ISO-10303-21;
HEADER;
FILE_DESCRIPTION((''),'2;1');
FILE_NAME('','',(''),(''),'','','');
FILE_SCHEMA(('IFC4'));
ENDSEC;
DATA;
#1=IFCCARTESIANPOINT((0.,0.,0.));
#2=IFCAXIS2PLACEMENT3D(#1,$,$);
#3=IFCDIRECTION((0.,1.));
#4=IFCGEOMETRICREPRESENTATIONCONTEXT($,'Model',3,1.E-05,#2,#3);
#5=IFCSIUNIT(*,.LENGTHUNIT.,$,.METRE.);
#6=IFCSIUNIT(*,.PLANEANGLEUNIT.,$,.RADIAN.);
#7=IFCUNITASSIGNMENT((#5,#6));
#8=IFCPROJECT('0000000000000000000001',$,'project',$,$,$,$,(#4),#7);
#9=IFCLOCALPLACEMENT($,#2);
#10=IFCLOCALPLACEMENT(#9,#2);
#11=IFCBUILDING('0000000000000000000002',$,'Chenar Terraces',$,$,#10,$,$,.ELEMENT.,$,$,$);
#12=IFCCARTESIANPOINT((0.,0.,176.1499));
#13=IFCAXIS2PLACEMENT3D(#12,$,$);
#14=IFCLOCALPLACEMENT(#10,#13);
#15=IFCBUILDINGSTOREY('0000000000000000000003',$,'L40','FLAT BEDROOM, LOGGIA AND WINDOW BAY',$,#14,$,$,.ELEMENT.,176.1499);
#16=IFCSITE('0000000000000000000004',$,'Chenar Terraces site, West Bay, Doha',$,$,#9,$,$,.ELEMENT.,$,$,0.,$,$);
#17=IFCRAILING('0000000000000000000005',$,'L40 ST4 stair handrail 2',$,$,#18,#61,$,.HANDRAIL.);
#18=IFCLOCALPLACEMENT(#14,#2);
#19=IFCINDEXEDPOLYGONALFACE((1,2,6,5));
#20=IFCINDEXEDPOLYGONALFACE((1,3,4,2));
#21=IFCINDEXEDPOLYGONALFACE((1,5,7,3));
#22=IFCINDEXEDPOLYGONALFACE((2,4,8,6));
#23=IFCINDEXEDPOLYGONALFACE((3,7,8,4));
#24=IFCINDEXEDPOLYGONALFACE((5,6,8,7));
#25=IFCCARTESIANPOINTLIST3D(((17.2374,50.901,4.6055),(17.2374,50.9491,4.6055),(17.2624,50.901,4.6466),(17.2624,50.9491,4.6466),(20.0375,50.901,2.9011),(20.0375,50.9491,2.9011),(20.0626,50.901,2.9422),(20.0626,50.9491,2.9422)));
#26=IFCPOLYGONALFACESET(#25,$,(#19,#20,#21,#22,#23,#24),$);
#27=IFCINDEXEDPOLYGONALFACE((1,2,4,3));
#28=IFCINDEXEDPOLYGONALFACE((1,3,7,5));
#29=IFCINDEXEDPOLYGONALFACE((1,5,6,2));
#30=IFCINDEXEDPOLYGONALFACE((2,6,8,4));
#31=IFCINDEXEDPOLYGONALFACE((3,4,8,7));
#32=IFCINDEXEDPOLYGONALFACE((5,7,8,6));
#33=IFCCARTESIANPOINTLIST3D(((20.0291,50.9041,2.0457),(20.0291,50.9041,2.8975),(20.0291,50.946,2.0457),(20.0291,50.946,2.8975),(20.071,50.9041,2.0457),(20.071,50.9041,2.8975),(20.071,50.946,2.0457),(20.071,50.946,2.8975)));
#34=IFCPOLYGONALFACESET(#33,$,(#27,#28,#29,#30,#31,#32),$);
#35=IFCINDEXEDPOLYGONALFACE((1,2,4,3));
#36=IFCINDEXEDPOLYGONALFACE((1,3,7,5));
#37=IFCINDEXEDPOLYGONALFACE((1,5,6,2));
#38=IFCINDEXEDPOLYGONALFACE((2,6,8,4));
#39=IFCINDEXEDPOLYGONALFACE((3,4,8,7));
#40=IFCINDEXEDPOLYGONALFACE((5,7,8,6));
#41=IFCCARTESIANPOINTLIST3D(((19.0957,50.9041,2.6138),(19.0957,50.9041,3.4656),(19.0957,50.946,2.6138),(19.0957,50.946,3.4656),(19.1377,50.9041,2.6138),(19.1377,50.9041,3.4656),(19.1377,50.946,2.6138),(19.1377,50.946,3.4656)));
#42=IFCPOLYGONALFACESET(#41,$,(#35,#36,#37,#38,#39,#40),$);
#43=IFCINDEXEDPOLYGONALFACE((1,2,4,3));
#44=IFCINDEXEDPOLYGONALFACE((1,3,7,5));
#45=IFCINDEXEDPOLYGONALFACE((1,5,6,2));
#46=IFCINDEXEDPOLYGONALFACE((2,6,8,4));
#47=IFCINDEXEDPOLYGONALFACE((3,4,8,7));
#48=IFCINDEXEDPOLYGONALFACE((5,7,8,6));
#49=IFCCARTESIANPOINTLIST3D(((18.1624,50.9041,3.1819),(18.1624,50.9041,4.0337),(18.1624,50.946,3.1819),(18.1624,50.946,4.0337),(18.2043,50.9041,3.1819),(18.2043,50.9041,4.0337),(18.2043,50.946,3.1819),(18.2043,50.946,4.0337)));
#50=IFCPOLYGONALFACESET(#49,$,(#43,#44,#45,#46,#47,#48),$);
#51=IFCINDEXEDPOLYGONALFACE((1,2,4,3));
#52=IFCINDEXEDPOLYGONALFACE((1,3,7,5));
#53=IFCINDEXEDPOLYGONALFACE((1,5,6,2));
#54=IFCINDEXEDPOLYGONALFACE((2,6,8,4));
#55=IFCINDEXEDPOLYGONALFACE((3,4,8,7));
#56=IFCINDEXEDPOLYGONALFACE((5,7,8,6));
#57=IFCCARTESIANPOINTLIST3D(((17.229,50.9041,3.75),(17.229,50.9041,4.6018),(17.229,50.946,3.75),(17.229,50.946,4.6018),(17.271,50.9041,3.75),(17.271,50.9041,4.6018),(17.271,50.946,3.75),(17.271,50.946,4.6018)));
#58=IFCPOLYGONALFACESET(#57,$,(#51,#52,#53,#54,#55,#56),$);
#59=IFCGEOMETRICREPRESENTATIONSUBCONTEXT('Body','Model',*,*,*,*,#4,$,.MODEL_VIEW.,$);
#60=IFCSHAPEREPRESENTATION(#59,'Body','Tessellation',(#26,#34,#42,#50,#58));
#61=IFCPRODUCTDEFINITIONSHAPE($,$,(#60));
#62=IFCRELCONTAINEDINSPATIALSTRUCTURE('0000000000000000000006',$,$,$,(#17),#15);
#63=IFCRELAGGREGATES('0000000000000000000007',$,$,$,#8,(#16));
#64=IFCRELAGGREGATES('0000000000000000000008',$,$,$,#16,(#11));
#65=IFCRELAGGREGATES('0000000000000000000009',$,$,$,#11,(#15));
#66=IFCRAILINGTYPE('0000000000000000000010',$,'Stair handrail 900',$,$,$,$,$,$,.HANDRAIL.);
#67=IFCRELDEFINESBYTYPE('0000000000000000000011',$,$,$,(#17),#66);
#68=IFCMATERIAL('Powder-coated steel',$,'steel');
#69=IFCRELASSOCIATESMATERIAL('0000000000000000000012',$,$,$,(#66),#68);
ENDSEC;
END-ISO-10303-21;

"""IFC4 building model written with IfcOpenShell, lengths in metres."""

from ifc_helpers import new_model, si_unit, direction, frame, origin, origin_2d, place, context, subcontext, project, spatial, rectangle, extrude, material, type_object, element, save


model = new_model("IFC4")

# Units and contexts
model_context = context("Model", 3, precision=1e-05, world=origin(), true_north=direction((0.0, 1.0)))
body_context = subcontext(model_context, "Body", "Model", "MODEL_VIEW")
ifc_project = project(units=[si_unit("LENGTHUNIT", "METRE"), si_unit("PLANEANGLEUNIT", "RADIAN")], contexts=[model_context])

# Site, building, storey
site_placement = place(None, origin())
site = spatial("IfcSite", under=ifc_project, at=site_placement, Name="Chenar Terraces site, West Bay, Doha", CompositionType="ELEMENT", RefElevation=0.0)
building_placement = place(site_placement, origin())
building = spatial("IfcBuilding", under=site, at=building_placement, Name="Chenar Terraces", CompositionType="ELEMENT")
storey_placement = place(building_placement, frame((0.0, 0.0, 176.1499)))
storey = spatial("IfcBuildingStorey", under=building, at=storey_placement, Name="L40", Description="FLAT BEDROOM, LOGGIA AND WINDOW BAY", CompositionType="ELEMENT", Elevation=176.1499)

# Railing
ifc_material_1 = material(Name="Powder-coated steel", Category="steel")
railing_type_1 = type_object("IfcRailingType", Name="Stair handrail 900", PredefinedType="HANDRAIL", material=ifc_material_1)
railing_1_placement = place(storey_placement, frame((20.05, 50.925, 2.0457)))
element("IfcRailing", 1, at=railing_1_placement, inside=storey, type_object=railing_type_1, Name="L40 ST4 stair handrail 2", PredefinedType="HANDRAIL", context=body_context, shape_type="SweptSolid", body=[
    extrude(rectangle(XDim=0.0481, YDim=0.0481, at=origin_2d()), frame((0.0, 0.0, 0.876), z_axis=(-0.854203, 0.0, 0.51994), x_axis=(0.0, -1.0, 0.0)), (0.0, 0.0, 1.0), 3.2781),
    extrude(rectangle(XDim=0.042, YDim=0.042, at=origin_2d()), origin(), (0.0, 0.0, 1.0), 0.8518),
    extrude(rectangle(XDim=0.042, YDim=0.042, at=origin_2d()), frame((-0.9333, 0.0, 0.5681)), (0.0, 0.0, 1.0), 0.8518),
    extrude(rectangle(XDim=0.042, YDim=0.042, at=origin_2d()), frame((-1.8667, 0.0, 1.1362)), (0.0, 0.0, 1.0), 0.8518),
    extrude(rectangle(XDim=0.042, YDim=0.042, at=origin_2d()), frame((-2.8, 0.0, 1.7043)), (0.0, 0.0, 1.0), 0.8518),
])

save(model, "model.ifc")
